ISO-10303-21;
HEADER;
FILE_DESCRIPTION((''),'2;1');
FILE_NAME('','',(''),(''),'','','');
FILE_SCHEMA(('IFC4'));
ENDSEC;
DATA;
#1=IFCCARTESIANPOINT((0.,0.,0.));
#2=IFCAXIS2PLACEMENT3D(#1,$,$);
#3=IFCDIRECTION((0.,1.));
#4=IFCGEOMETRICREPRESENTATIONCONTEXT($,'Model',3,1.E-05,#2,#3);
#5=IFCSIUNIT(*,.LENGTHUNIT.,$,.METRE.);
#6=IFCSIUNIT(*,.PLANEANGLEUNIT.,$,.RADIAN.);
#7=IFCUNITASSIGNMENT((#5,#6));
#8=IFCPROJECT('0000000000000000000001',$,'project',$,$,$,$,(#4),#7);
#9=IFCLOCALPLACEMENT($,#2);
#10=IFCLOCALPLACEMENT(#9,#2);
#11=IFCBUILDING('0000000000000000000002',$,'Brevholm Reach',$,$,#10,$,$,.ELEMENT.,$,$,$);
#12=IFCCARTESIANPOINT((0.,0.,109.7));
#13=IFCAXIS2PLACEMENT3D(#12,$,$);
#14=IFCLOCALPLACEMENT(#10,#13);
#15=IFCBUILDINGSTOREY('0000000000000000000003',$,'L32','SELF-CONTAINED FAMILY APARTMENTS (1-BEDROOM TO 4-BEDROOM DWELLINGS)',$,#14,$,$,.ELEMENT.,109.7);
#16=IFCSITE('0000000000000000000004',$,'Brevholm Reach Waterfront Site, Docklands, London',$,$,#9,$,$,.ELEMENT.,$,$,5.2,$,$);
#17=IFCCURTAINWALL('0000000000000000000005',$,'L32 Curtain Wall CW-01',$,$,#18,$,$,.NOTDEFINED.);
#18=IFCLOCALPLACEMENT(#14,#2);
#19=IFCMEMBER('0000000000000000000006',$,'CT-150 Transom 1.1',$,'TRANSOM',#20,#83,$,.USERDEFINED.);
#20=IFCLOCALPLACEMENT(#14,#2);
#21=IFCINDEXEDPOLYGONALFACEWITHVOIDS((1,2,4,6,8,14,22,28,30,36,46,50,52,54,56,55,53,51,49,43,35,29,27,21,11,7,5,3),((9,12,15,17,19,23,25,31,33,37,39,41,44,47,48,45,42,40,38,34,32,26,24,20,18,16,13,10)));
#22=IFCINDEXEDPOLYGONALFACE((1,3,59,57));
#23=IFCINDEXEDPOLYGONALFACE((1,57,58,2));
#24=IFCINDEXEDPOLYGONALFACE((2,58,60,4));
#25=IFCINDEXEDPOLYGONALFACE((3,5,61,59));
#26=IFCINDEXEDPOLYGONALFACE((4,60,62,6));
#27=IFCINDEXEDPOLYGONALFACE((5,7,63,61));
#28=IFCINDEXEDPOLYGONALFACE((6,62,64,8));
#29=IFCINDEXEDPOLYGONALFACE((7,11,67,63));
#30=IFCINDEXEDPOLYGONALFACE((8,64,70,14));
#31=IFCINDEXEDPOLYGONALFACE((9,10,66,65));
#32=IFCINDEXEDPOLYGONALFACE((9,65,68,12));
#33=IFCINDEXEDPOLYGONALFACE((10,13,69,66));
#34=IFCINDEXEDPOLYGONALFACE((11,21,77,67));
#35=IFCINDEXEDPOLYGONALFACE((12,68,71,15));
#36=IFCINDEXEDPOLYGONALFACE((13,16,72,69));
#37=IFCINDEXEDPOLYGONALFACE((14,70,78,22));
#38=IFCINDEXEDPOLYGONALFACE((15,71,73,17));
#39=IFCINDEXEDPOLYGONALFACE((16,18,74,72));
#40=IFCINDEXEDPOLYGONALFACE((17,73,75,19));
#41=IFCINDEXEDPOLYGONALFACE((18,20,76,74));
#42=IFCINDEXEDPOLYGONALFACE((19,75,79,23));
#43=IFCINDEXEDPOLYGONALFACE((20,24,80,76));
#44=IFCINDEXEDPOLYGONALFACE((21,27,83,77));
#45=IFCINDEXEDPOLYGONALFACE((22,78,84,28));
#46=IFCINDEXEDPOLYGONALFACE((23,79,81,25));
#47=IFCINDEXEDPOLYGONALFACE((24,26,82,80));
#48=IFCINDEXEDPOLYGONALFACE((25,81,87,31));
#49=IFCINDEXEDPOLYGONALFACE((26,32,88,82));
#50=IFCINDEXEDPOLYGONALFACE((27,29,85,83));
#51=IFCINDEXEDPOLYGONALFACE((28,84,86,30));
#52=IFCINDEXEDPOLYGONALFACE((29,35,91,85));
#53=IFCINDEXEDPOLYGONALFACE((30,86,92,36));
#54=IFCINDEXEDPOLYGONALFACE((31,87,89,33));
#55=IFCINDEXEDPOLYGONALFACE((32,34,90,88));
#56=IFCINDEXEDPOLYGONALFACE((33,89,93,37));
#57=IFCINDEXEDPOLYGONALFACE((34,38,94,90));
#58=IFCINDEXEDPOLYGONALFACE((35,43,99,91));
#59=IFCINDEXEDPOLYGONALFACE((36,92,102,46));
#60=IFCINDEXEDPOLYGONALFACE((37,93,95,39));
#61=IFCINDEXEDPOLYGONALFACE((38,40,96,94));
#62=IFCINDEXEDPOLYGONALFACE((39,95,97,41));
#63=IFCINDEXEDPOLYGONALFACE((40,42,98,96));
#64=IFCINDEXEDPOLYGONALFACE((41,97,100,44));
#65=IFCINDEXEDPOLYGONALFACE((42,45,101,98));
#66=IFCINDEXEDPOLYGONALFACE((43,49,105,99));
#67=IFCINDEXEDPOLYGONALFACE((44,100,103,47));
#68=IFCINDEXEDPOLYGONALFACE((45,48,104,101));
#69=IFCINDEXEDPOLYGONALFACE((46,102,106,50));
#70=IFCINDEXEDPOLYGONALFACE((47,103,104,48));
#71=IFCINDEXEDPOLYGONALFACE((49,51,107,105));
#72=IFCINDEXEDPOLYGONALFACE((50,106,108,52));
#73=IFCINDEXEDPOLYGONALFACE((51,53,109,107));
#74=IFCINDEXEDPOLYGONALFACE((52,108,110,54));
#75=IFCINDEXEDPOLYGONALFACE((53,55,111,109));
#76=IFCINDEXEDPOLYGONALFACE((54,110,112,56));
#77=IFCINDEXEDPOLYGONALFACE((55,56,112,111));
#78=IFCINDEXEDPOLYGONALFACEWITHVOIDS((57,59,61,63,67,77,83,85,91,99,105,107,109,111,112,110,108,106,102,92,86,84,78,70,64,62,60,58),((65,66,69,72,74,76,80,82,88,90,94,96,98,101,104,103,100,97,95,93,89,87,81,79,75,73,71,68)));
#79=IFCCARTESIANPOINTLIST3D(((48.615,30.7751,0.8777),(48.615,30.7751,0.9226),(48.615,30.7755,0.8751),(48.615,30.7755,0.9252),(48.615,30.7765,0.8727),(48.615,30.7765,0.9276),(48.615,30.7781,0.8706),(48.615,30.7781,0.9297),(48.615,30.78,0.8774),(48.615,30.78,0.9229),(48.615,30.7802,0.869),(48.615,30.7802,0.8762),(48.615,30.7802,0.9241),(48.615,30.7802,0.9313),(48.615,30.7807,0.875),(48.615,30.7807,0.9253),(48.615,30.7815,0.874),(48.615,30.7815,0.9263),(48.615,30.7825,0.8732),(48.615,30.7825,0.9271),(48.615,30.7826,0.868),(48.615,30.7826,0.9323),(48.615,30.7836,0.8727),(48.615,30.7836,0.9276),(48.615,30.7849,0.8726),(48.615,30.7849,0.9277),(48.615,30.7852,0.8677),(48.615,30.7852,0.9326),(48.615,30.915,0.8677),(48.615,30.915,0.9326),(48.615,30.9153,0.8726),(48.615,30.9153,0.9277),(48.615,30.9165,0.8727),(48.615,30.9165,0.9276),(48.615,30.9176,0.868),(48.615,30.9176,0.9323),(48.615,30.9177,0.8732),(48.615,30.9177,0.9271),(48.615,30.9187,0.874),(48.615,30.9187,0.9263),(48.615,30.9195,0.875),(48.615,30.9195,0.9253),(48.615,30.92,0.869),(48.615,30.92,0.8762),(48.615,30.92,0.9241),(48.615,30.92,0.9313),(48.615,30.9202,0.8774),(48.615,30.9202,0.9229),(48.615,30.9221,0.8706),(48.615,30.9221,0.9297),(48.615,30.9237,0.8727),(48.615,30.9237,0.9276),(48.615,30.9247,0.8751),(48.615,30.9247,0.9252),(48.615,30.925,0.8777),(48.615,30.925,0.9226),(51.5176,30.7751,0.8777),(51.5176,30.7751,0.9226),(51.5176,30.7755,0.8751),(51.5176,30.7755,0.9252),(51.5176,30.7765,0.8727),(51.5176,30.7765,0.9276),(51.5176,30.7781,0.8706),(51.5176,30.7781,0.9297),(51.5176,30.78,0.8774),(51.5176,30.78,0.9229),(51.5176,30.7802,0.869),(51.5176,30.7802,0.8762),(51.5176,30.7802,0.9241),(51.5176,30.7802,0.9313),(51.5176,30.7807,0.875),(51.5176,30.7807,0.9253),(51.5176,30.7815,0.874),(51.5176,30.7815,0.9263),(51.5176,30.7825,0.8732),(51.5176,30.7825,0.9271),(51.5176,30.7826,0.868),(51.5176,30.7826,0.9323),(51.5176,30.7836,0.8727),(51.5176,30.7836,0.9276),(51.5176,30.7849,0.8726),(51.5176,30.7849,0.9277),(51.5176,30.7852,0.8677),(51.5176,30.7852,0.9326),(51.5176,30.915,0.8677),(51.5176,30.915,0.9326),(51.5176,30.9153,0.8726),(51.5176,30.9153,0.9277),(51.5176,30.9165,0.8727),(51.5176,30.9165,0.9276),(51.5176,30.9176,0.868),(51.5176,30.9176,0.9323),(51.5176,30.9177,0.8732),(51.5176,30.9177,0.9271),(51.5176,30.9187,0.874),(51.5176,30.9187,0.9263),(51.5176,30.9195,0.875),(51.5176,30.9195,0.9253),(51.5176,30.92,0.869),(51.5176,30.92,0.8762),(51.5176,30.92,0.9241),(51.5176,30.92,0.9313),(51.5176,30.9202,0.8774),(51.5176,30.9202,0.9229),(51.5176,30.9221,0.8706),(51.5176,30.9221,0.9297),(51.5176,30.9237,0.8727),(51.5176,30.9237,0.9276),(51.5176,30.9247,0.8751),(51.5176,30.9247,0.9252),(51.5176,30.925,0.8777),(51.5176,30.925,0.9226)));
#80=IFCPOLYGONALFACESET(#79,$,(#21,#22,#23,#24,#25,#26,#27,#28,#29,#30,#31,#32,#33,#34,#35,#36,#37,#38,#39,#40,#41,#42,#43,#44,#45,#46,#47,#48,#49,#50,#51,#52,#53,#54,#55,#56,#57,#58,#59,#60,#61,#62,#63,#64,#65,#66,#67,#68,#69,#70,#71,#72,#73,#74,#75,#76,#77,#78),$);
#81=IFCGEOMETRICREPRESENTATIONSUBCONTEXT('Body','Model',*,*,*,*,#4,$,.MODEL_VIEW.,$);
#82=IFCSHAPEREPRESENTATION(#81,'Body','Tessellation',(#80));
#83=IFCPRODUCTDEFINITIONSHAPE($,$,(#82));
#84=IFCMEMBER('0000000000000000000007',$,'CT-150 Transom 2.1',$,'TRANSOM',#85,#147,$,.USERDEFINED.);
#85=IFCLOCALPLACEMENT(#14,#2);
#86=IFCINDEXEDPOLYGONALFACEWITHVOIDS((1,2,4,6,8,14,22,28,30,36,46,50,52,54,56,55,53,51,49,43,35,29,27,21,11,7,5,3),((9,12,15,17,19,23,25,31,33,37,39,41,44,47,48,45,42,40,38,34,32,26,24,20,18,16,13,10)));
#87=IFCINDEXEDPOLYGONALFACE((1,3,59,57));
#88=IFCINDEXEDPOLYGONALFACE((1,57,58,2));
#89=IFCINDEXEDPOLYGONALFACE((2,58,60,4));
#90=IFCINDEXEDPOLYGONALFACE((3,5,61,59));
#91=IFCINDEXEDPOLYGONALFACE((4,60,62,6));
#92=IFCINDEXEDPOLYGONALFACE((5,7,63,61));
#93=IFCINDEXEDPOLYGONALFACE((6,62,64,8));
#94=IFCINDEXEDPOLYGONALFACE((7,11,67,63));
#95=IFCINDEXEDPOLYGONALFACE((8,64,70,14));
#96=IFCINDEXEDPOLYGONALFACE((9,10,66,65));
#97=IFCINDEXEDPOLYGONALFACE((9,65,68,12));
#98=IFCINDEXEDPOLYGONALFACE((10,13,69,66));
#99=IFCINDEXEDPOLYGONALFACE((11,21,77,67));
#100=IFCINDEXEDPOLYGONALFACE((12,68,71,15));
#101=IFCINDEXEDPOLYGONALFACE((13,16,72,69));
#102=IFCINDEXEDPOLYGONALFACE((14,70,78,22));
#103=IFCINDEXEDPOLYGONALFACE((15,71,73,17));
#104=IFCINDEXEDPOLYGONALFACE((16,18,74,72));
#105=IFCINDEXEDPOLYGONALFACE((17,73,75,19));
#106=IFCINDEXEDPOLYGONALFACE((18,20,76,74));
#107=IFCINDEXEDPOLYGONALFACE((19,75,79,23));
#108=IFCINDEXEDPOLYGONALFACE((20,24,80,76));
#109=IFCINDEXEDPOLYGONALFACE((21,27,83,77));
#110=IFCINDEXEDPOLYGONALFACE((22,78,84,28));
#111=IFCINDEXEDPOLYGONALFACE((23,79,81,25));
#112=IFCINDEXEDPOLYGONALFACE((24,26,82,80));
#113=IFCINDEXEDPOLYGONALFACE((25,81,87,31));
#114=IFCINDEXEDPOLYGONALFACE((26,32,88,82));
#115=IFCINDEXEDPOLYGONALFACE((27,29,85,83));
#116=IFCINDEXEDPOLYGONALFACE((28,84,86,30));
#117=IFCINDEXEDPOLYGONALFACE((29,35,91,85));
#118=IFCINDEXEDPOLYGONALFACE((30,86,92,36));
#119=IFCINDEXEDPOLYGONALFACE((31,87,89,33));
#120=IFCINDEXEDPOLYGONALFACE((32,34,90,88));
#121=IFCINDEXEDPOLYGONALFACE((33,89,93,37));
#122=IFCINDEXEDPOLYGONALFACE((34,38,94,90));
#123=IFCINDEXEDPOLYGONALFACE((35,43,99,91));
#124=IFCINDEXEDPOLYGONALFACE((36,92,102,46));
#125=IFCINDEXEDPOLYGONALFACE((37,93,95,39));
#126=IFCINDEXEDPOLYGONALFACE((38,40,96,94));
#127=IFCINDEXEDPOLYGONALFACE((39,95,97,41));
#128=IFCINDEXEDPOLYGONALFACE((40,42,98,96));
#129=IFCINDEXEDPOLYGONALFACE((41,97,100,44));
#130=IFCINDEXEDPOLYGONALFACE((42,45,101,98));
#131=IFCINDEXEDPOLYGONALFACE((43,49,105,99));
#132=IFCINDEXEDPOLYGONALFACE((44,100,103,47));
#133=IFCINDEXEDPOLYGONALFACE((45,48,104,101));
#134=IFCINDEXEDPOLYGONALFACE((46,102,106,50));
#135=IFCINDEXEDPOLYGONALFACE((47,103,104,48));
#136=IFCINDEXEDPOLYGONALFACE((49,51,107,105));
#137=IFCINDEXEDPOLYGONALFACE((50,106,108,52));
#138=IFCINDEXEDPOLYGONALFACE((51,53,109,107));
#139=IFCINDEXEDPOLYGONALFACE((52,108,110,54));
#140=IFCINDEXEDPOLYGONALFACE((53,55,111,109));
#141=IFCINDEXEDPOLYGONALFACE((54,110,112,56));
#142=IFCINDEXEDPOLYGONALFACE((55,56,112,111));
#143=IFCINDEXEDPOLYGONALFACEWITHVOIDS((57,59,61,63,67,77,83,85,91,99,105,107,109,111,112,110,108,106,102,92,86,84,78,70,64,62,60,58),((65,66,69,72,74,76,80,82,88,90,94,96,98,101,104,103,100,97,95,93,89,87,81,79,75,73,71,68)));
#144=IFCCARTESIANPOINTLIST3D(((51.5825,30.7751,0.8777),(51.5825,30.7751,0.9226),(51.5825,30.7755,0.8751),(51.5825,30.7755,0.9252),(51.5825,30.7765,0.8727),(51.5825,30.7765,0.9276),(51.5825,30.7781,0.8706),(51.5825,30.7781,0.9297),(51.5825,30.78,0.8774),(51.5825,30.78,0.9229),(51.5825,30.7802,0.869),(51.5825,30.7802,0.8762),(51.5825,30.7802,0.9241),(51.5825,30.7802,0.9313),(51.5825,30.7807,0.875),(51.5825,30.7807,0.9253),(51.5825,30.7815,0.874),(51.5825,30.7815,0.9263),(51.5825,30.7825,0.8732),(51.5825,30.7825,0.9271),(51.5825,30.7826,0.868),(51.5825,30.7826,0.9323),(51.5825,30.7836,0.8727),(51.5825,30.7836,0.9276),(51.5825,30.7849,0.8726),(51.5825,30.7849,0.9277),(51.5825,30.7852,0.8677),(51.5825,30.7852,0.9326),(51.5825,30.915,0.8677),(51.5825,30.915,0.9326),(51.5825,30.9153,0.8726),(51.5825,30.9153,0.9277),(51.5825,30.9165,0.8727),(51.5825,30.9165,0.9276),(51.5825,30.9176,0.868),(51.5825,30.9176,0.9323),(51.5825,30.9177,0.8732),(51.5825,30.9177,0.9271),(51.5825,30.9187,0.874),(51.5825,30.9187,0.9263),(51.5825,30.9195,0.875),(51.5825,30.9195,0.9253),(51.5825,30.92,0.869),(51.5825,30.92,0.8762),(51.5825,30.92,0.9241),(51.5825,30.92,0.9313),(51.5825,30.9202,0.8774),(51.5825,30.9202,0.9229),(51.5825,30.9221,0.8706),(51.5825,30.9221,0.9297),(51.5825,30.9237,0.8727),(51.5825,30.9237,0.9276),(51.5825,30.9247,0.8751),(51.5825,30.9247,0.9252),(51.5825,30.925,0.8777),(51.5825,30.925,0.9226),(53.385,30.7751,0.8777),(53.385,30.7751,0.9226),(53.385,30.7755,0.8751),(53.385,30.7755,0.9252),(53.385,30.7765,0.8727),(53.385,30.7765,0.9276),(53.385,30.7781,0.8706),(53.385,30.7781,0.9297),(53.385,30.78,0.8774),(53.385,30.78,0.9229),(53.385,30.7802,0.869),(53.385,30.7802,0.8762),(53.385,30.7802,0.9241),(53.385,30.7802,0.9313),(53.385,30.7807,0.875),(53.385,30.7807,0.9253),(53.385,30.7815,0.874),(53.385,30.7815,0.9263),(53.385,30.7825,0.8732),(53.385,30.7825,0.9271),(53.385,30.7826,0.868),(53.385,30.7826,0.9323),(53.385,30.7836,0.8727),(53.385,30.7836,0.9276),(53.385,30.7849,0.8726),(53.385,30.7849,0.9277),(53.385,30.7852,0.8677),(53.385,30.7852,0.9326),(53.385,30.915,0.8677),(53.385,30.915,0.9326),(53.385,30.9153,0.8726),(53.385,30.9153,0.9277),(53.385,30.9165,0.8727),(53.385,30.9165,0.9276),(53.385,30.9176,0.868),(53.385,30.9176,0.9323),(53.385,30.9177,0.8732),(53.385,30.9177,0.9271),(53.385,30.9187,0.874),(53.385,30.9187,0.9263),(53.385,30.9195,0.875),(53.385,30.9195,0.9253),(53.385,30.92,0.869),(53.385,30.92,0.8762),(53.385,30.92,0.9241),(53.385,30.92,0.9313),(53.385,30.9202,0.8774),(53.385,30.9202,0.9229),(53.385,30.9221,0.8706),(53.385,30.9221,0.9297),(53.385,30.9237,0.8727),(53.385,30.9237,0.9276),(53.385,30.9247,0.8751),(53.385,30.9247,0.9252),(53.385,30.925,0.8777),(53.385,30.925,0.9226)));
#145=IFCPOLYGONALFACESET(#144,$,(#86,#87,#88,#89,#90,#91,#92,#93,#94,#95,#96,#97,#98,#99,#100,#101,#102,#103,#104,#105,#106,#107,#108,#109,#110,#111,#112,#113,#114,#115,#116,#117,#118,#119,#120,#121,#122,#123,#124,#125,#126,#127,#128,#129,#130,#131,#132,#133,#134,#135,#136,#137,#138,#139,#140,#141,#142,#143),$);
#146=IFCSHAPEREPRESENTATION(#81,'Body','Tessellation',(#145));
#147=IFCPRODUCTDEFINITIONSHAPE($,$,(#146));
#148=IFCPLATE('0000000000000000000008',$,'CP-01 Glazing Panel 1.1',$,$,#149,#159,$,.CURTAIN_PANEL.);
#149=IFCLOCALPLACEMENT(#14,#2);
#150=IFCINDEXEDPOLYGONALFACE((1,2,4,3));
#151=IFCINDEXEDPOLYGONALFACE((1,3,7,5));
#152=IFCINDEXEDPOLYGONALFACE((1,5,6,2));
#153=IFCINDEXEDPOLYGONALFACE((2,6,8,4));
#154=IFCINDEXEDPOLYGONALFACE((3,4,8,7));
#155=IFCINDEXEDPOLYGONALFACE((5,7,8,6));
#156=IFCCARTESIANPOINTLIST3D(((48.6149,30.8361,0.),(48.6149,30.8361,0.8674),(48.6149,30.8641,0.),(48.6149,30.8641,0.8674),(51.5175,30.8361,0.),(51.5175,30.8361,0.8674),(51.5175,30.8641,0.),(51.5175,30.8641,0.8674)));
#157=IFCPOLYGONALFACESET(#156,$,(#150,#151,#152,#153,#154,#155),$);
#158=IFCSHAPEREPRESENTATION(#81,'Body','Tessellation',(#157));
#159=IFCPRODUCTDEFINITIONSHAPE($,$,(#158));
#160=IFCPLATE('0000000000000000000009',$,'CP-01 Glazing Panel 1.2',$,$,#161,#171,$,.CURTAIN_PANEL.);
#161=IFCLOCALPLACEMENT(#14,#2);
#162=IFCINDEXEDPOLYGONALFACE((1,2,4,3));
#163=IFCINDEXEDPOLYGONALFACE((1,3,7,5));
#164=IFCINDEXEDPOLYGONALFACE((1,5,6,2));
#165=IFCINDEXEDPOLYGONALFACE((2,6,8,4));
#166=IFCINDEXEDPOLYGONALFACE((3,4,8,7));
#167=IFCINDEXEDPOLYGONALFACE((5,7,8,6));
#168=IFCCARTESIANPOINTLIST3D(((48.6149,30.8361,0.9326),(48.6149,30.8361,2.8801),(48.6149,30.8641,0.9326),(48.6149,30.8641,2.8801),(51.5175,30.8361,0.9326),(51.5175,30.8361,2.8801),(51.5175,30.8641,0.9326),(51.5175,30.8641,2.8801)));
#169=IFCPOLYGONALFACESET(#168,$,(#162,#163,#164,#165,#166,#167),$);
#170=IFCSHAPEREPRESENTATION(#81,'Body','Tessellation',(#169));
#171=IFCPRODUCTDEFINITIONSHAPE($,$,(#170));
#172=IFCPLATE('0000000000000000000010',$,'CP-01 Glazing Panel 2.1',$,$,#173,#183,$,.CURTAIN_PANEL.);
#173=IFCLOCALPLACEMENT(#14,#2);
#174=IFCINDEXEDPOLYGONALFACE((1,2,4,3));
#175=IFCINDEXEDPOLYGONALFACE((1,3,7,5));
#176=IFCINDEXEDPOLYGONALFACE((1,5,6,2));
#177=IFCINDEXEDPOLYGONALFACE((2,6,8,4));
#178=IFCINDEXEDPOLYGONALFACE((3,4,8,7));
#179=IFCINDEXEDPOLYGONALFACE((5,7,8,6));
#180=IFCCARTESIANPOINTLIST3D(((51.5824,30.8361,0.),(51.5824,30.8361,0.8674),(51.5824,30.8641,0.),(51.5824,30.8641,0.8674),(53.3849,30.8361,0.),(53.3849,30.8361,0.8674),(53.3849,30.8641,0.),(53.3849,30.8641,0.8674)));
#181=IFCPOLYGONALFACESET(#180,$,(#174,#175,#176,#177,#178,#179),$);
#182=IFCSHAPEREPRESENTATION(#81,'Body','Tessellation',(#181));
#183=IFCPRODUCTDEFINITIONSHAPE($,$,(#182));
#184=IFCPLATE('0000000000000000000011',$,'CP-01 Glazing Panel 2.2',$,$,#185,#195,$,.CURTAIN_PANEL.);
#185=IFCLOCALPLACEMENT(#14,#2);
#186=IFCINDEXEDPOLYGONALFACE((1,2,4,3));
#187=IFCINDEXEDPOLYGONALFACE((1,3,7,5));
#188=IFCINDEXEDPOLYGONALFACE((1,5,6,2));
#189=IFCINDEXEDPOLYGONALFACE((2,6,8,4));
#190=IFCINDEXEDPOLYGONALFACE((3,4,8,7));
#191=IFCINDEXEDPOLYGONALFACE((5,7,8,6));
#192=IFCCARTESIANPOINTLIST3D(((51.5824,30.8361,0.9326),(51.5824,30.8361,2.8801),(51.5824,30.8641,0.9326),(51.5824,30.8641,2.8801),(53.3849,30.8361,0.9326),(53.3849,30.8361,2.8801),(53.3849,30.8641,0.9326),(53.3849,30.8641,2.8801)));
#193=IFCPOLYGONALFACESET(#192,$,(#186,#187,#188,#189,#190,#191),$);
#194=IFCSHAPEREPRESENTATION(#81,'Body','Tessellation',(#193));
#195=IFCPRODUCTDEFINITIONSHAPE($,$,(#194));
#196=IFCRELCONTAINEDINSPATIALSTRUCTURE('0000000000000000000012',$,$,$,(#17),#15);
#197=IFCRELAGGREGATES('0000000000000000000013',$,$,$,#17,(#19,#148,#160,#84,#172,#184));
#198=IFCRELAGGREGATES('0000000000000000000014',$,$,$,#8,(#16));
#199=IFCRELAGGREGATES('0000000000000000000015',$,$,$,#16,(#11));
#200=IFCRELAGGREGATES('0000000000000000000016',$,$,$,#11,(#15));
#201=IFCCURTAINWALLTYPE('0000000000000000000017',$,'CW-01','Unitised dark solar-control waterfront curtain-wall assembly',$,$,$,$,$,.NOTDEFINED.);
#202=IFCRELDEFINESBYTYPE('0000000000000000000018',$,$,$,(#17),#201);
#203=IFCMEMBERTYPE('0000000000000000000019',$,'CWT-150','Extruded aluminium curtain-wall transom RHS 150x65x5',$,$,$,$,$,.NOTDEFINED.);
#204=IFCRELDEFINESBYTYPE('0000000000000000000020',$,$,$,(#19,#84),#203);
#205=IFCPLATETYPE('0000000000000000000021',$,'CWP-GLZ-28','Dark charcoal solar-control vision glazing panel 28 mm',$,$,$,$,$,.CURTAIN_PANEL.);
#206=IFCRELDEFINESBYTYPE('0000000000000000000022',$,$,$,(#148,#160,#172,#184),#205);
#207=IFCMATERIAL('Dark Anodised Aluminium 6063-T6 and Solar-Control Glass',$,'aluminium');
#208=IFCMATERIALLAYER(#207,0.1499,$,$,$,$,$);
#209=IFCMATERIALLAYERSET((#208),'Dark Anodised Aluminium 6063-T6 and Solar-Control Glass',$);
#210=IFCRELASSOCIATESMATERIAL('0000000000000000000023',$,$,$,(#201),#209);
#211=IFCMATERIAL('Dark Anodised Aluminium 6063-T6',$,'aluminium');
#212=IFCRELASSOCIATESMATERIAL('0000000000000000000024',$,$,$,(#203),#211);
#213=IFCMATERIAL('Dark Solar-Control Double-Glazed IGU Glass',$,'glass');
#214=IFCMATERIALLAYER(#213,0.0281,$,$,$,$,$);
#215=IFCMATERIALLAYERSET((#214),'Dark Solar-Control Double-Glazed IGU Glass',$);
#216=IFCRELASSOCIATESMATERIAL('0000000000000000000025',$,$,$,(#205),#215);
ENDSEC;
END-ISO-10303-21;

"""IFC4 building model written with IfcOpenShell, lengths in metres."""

from ifc_helpers import new_model, si_unit, direction, frame, origin, origin_2d, place, context, subcontext, project, spatial, rectangle, hollow_rectangle, extrude, material, layer, layer_set, material_profile, profile_set, type_object, element, aggregate, save


model = new_model("IFC4")

# Units and contexts
model_context = context("Model", 3, precision=1e-05, world=origin(), true_north=direction((0.0, 1.0)))
body_context = subcontext(model_context, "Body", "Model", "MODEL_VIEW")
ifc_project = project(units=[si_unit("LENGTHUNIT", "METRE"), si_unit("PLANEANGLEUNIT", "RADIAN")], contexts=[model_context])

# Site, building, storey
site_placement = place(None, origin())
site = spatial("IfcSite", under=ifc_project, at=site_placement, Name="Brevholm Reach Waterfront Site, Docklands, London", CompositionType="ELEMENT", RefElevation=5.2)
building_placement = place(site_placement, origin())
building = spatial("IfcBuilding", under=site, at=building_placement, Name="Brevholm Reach", CompositionType="ELEMENT")
storey_placement = place(building_placement, frame((0.0, 0.0, 109.7)))
storey = spatial("IfcBuildingStorey", under=building, at=storey_placement, Name="L32", Description="SELF-CONTAINED FAMILY APARTMENTS (1-BEDROOM TO 4-BEDROOM DWELLINGS)", CompositionType="ELEMENT", Elevation=109.7)

# Curtain wall, members, plates
ifc_material_1 = material(Name="Dark Anodised Aluminium 6063-T6 and Solar-Control Glass", Category="aluminium")
ifc_layer_1 = layer(ifc_material_1, 0.1499)
ifc_layer_set_1 = layer_set([ifc_layer_1], Name="Dark Anodised Aluminium 6063-T6 and Solar-Control Glass")
curtain_wall_type = type_object("IfcCurtainWallType", Name="CW-01", Description="Unitised dark solar-control waterfront curtain-wall assembly", PredefinedType="NOTDEFINED", material=ifc_layer_set_1)
curtain_wall_placement = place(storey_placement, origin())
curtain_wall = element("IfcCurtainWall", 1, at=curtain_wall_placement, inside=storey, type_object=curtain_wall_type, Name="L32 Curtain Wall CW-01", PredefinedType="NOTDEFINED")
ifc_material_2 = material(Name="Dark Anodised Aluminium 6063-T6", Category="aluminium")
ifc_material_profile_1 = material_profile(ifc_material_2, hollow_rectangle(XDim=0.0649, YDim=0.1499, WallThickness=0.0049, InnerFilletRadius=0.0049, OuterFilletRadius=0.01, at=origin_2d()), Name="RHS 150x65x5")
ifc_profile_set_1 = profile_set([ifc_material_profile_1], Name="Dark Anodised Aluminium 6063-T6")
member_type_1 = type_object("IfcMemberType", Name="CWT-150", Description="Extruded aluminium curtain-wall transom RHS 150x65x5", PredefinedType="NOTDEFINED", material=ifc_profile_set_1)
member_1_placement = place(storey_placement, frame((48.615, 30.8501, 0.9001), z_axis=(1.0, 0.0, 0.0), x_axis=(0.0, 0.0, 1.0)))
member_1 = element("IfcMember", 2, at=member_1_placement, type_object=member_type_1, Name="CT-150 Transom 1.1", ObjectType="TRANSOM", PredefinedType="USERDEFINED", context=body_context, shape_type="SweptSolid", body=[
    extrude(hollow_rectangle(XDim=0.0649, YDim=0.1499, WallThickness=0.0049, InnerFilletRadius=0.0049, OuterFilletRadius=0.01, at=origin_2d()), origin(), (0.0, 0.0, 1.0), 2.9026),
])
member_2_placement = place(storey_placement, frame((51.5825, 30.8501, 0.9001), z_axis=(1.0, 0.0, 0.0), x_axis=(0.0, 0.0, 1.0)))
member_2 = element("IfcMember", 3, at=member_2_placement, type_object=member_type_1, Name="CT-150 Transom 2.1", ObjectType="TRANSOM", PredefinedType="USERDEFINED", context=body_context, shape_type="SweptSolid", body=[
    extrude(hollow_rectangle(XDim=0.0649, YDim=0.1499, WallThickness=0.0049, InnerFilletRadius=0.0049, OuterFilletRadius=0.01, at=origin_2d()), origin(), (0.0, 0.0, 1.0), 1.8025),
])
ifc_material_3 = material(Name="Dark Solar-Control Double-Glazed IGU Glass", Category="glass")
ifc_layer_2 = layer(ifc_material_3, 0.0281)
ifc_layer_set_2 = layer_set([ifc_layer_2], Name="Dark Solar-Control Double-Glazed IGU Glass")
plate_type = type_object("IfcPlateType", Name="CWP-GLZ-28", Description="Dark charcoal solar-control vision glazing panel 28 mm", PredefinedType="CURTAIN_PANEL", material=ifc_layer_set_2)
plate_1_placement = place(storey_placement, frame((50.0662, 30.8501, 0.0), z_axis=(0.0, 0.0, 1.0), x_axis=(1.0, 0.0, 0.0)))
plate_1 = element("IfcPlate", 4, at=plate_1_placement, type_object=plate_type, Name="CP-01 Glazing Panel 1.1", PredefinedType="CURTAIN_PANEL", context=body_context, shape_type="SweptSolid", body=[
    extrude(rectangle(XDim=2.9026, YDim=0.0281, at=origin_2d()), origin(), (0.0, 0.0, 1.0), 0.8674),
])
plate_2_placement = place(storey_placement, frame((50.0662, 30.8501, 0.9326), z_axis=(0.0, 0.0, 1.0), x_axis=(1.0, 0.0, 0.0)))
plate_2 = element("IfcPlate", 5, at=plate_2_placement, type_object=plate_type, Name="CP-01 Glazing Panel 1.2", PredefinedType="CURTAIN_PANEL", context=body_context, shape_type="SweptSolid", body=[
    extrude(rectangle(XDim=2.9026, YDim=0.0281, at=origin_2d()), origin(), (0.0, 0.0, 1.0), 1.9475),
])
plate_3_placement = place(storey_placement, frame((52.4836, 30.8501, 0.0), z_axis=(0.0, 0.0, 1.0), x_axis=(1.0, 0.0, 0.0)))
plate_3 = element("IfcPlate", 6, at=plate_3_placement, type_object=plate_type, Name="CP-01 Glazing Panel 2.1", PredefinedType="CURTAIN_PANEL", context=body_context, shape_type="SweptSolid", body=[
    extrude(rectangle(XDim=1.8025, YDim=0.0281, at=origin_2d()), origin(), (0.0, 0.0, 1.0), 0.8674),
])
plate_4_placement = place(storey_placement, frame((52.4836, 30.8501, 0.9326), z_axis=(0.0, 0.0, 1.0), x_axis=(1.0, 0.0, 0.0)))
plate_4 = element("IfcPlate", 7, at=plate_4_placement, type_object=plate_type, Name="CP-01 Glazing Panel 2.2", PredefinedType="CURTAIN_PANEL", context=body_context, shape_type="SweptSolid", body=[
    extrude(rectangle(XDim=1.8025, YDim=0.0281, at=origin_2d()), origin(), (0.0, 0.0, 1.0), 1.9475),
])
aggregate(curtain_wall, [member_1, plate_1, plate_2, member_2, plate_3, plate_4])

save(model, "model.ifc")
